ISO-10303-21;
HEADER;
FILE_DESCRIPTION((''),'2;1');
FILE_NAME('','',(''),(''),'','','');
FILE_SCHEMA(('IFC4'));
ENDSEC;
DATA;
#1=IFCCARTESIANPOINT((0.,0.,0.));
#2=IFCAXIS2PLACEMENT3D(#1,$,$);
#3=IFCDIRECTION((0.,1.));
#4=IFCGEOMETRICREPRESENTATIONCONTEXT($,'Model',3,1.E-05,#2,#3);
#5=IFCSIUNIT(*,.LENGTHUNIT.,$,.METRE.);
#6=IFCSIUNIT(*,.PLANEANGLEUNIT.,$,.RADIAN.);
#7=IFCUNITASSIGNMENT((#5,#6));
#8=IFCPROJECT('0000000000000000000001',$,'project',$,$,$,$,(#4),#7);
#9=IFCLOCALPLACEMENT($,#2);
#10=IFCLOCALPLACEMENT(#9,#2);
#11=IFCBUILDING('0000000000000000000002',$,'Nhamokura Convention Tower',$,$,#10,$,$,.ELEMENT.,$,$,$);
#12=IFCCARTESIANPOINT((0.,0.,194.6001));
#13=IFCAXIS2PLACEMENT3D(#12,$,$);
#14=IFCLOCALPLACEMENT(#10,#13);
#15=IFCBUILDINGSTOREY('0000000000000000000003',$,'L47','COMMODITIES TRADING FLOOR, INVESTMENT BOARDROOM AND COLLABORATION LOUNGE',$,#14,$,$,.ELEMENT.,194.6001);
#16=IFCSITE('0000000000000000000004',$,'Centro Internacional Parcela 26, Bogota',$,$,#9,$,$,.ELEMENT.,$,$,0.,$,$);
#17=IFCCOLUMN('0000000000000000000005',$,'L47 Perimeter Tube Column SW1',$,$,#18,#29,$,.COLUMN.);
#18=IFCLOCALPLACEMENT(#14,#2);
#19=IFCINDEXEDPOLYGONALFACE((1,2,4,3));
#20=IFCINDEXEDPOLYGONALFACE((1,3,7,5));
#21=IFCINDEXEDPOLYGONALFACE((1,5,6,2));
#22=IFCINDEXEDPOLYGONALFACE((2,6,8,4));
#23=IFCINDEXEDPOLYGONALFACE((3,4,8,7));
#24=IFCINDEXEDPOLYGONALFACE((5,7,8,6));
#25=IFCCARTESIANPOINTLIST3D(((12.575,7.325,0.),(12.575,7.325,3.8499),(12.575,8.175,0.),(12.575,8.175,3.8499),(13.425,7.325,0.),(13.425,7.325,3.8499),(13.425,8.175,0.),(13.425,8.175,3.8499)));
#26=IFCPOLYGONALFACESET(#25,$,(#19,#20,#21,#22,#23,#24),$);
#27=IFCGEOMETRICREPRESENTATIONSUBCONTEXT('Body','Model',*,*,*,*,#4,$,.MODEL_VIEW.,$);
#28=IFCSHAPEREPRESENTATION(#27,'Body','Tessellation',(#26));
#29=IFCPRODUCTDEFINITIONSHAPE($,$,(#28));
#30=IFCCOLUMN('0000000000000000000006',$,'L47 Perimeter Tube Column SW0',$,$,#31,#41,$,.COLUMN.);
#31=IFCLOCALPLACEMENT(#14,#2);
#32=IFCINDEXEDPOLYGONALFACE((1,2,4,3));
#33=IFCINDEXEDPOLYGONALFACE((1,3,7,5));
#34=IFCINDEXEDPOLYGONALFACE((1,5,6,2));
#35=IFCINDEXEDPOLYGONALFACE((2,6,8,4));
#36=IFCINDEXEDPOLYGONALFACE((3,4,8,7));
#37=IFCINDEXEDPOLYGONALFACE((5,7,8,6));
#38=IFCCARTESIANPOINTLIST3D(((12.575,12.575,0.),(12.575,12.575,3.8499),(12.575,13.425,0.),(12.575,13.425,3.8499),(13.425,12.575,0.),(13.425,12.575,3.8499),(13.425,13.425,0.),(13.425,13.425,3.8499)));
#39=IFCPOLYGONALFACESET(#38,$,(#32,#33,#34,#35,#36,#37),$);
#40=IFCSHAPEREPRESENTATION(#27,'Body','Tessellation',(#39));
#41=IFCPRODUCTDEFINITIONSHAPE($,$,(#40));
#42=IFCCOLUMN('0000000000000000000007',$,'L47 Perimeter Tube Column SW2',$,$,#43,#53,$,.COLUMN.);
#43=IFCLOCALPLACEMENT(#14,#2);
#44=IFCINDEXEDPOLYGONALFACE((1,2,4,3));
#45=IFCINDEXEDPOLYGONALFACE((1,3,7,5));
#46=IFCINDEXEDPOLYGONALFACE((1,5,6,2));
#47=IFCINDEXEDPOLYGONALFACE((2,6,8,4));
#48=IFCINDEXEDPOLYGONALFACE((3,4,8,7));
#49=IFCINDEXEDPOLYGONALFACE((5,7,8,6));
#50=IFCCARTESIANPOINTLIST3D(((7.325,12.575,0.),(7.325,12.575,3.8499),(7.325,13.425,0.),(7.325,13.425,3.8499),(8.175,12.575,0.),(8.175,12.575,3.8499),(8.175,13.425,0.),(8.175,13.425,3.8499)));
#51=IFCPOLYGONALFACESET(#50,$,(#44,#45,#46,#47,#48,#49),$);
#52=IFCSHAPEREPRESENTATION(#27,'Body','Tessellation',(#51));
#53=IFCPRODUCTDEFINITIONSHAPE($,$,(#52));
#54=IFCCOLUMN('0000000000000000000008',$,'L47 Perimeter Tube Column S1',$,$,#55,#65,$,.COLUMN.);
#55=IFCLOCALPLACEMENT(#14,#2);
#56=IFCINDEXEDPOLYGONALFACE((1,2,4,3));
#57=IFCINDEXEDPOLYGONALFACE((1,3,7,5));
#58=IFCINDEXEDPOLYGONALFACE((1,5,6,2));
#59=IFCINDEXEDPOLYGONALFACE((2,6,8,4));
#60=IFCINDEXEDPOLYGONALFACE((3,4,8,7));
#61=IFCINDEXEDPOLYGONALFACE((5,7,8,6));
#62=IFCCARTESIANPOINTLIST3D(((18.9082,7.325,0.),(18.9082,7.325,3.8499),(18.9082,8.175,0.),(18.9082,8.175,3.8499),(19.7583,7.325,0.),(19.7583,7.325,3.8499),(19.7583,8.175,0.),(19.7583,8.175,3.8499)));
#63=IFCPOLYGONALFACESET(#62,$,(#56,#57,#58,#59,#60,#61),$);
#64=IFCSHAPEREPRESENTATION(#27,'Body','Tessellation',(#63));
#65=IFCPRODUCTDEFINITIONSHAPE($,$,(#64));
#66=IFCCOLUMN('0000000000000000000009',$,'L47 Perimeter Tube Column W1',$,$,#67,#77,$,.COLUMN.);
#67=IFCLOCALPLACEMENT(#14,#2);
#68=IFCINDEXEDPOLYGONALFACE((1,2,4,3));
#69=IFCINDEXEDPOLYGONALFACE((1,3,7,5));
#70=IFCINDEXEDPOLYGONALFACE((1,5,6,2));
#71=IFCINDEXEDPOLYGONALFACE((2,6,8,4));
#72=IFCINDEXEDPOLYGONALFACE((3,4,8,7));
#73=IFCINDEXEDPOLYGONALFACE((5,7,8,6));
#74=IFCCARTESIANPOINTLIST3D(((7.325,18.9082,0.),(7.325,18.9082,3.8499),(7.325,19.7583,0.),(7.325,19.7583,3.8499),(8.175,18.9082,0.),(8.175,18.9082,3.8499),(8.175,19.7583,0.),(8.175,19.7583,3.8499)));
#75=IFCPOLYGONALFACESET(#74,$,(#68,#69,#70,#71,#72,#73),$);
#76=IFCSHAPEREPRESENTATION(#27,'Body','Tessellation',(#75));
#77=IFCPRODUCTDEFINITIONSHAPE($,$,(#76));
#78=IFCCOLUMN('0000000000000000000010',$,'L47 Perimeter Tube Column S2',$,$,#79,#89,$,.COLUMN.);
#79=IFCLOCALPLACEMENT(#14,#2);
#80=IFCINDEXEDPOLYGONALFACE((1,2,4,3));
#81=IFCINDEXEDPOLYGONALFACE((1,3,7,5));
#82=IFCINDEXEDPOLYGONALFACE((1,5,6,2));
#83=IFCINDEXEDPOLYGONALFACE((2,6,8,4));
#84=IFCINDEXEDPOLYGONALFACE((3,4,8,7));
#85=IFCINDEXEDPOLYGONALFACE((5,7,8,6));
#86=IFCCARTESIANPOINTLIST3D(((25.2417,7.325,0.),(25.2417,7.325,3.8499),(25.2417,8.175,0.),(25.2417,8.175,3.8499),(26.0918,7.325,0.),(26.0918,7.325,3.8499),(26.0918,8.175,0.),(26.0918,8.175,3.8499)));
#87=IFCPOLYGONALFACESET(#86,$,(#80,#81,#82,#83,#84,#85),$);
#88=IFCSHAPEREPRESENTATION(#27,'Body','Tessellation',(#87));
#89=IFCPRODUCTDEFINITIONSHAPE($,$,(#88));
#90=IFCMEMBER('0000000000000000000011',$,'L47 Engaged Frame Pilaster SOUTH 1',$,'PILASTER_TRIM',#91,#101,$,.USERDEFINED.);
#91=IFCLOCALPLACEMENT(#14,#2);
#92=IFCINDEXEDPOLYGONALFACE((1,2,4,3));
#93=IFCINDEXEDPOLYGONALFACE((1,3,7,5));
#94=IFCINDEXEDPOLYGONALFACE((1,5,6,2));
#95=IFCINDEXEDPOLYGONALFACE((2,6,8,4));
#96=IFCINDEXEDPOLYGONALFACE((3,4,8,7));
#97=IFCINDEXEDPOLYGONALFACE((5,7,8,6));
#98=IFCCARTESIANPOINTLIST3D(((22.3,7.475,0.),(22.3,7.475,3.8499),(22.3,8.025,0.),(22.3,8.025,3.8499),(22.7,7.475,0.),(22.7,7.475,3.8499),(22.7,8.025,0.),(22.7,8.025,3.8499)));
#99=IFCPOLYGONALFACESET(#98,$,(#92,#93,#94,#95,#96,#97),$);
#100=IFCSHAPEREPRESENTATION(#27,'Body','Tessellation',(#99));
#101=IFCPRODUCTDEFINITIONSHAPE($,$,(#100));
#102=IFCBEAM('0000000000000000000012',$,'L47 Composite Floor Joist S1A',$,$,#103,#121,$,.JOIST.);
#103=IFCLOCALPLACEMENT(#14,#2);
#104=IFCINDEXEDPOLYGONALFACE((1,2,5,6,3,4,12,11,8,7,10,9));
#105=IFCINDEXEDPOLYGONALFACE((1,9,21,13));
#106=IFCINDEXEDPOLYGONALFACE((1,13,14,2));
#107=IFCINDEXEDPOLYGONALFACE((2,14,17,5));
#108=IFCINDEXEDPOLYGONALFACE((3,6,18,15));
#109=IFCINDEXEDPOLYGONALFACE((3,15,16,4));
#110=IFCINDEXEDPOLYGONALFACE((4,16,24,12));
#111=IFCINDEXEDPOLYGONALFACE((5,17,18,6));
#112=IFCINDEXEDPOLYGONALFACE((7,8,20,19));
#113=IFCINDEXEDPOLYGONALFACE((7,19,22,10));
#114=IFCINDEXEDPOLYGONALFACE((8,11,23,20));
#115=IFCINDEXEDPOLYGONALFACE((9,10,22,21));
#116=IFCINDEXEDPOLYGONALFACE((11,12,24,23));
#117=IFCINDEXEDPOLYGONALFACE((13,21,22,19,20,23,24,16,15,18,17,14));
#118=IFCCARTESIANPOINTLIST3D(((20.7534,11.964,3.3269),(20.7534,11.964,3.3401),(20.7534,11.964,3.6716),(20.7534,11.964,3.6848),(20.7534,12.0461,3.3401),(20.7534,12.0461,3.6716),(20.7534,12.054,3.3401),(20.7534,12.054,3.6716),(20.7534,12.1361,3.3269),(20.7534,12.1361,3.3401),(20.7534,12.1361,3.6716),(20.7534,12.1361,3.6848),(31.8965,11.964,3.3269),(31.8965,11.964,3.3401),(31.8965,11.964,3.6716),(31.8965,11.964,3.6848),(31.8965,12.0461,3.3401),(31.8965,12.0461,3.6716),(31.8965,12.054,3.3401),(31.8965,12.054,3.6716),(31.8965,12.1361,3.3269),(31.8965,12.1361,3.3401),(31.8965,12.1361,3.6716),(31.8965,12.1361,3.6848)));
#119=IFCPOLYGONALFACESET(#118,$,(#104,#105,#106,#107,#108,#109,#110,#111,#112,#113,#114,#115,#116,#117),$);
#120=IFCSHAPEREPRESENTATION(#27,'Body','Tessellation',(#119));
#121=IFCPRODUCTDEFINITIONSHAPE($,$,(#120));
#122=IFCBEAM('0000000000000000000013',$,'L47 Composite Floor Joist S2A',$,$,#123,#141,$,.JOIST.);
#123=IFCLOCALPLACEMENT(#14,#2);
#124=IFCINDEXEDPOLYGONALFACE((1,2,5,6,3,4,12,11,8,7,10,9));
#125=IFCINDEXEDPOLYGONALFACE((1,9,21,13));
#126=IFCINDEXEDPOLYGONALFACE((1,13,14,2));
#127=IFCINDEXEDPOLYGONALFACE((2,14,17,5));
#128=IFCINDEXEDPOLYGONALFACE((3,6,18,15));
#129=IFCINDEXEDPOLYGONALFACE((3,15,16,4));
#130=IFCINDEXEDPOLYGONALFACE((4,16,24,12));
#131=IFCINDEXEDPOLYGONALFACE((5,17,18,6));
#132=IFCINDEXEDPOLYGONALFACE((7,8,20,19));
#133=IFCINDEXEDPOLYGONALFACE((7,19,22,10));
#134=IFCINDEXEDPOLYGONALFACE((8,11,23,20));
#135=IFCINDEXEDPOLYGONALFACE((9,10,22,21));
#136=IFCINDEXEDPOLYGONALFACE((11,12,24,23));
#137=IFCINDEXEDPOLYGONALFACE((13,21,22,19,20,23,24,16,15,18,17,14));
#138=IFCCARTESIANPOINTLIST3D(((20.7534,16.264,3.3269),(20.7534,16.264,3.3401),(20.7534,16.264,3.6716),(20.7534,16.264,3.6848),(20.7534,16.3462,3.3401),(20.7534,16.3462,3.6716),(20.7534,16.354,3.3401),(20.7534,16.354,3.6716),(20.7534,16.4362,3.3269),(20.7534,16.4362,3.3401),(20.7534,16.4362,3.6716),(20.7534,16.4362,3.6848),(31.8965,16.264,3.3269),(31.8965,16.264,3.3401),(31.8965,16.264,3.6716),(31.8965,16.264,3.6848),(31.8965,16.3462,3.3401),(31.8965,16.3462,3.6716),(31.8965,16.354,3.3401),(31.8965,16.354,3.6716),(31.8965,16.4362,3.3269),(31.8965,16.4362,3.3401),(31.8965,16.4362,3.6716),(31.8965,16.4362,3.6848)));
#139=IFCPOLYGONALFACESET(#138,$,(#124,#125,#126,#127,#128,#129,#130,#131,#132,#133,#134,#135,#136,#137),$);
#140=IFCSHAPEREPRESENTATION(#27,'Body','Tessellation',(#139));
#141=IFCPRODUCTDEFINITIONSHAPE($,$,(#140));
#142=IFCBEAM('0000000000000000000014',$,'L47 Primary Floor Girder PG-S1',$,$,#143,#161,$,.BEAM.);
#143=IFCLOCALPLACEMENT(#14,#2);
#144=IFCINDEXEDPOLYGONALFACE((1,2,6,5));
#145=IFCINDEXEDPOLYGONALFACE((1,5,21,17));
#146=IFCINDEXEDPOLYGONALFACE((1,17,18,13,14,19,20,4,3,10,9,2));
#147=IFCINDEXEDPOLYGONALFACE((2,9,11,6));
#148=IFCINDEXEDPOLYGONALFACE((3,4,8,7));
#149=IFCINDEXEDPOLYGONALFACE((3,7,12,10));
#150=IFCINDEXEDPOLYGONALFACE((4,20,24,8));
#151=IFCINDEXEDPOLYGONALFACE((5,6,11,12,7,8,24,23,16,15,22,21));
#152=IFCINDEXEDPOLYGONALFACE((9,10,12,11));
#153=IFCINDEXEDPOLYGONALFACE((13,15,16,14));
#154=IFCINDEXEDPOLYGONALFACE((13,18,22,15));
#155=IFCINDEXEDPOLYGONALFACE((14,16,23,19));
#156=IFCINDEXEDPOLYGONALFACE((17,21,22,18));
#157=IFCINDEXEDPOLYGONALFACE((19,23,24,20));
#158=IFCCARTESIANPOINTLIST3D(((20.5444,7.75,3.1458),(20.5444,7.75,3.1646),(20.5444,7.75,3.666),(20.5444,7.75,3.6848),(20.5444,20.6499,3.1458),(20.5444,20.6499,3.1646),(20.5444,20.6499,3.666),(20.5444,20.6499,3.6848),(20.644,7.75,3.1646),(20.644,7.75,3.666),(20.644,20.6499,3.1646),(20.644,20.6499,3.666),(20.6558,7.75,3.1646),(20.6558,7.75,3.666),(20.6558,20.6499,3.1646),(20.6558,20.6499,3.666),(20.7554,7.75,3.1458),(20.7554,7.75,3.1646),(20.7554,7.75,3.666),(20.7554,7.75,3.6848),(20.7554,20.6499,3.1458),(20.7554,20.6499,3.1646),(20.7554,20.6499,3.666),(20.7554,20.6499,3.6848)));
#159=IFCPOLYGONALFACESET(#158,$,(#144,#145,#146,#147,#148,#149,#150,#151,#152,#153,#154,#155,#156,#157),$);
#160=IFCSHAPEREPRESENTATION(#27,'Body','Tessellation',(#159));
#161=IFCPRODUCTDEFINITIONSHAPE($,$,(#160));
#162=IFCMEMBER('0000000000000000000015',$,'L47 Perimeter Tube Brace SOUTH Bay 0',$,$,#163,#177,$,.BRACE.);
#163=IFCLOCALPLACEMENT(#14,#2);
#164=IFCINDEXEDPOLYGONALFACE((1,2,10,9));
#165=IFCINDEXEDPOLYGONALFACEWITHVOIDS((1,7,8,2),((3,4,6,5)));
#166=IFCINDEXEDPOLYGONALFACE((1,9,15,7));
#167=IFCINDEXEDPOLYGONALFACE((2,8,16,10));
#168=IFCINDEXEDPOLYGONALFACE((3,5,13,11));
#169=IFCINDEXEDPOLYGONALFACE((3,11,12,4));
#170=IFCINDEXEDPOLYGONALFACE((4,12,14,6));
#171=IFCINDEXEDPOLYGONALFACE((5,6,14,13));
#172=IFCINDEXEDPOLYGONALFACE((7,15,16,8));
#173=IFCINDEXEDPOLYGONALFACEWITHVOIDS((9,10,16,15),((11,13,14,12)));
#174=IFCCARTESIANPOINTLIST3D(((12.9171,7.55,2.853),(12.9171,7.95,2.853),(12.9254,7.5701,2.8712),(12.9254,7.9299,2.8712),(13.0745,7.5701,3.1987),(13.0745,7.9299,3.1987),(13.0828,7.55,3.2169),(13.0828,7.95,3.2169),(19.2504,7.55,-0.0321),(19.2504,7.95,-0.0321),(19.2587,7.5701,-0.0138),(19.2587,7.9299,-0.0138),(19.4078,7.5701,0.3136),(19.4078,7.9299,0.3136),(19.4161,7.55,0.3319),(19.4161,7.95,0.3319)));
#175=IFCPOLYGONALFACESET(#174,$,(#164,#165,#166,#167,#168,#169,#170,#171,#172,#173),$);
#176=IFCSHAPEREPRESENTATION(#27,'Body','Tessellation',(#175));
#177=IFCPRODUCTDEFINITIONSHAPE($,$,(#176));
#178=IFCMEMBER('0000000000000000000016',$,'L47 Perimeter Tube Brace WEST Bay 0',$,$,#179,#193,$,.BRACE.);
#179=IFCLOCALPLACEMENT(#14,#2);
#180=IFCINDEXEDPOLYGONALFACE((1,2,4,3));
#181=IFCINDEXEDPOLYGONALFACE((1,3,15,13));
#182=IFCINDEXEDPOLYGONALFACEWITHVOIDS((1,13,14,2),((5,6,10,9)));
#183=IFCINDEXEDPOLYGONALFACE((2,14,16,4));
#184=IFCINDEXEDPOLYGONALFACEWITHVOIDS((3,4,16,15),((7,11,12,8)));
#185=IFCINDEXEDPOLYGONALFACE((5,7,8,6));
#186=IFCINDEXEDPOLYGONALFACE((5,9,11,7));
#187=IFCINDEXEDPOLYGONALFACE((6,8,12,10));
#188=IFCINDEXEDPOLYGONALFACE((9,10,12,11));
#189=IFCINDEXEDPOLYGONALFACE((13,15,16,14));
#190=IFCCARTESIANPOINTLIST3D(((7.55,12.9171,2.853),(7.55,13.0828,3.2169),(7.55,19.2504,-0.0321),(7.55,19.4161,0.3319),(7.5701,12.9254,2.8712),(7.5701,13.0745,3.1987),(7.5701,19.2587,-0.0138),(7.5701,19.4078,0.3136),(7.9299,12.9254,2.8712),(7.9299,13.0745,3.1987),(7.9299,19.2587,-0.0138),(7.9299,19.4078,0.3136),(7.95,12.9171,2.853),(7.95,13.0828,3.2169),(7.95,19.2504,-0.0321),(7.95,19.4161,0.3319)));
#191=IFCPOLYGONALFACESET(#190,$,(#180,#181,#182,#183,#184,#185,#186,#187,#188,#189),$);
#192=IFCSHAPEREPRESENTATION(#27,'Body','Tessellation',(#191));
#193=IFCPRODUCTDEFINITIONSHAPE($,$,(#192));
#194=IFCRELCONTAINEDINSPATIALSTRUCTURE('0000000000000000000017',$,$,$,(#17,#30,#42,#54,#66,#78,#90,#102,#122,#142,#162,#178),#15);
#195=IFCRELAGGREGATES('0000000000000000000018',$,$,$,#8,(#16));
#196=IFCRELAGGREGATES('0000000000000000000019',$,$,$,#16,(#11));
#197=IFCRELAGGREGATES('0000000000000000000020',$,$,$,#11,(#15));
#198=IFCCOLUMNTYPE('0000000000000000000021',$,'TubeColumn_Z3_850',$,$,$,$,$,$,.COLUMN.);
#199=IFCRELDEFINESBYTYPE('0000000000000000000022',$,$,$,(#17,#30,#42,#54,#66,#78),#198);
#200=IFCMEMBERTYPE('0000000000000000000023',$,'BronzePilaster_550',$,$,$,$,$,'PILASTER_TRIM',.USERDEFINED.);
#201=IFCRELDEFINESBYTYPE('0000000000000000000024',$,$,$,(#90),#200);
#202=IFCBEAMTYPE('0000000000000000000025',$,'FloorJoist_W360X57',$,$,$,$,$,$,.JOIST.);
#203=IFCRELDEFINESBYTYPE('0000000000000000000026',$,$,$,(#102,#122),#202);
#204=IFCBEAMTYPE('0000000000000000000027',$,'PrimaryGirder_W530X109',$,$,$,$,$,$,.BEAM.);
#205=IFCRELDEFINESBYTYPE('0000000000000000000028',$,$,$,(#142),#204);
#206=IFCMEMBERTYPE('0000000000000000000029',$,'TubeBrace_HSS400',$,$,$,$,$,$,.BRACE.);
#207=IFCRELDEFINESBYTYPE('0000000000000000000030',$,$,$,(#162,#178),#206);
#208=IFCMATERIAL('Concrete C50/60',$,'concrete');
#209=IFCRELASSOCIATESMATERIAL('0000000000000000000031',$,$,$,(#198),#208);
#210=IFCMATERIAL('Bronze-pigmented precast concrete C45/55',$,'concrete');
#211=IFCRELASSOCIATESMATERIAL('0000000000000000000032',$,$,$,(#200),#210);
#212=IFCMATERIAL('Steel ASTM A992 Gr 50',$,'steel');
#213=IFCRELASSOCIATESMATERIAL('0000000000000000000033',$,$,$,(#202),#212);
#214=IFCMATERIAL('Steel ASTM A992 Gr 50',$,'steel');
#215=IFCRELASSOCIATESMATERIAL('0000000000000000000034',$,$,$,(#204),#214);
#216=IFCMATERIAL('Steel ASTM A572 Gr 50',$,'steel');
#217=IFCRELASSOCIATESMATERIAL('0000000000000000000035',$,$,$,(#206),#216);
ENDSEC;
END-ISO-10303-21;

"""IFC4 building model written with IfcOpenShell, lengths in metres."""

from ifc_helpers import new_model, si_unit, direction, frame, origin, origin_2d, place, context, subcontext, project, spatial, rectangle, hollow_rectangle, i_section, extrude, material, material_profile, profile_set, type_object, element, save


model = new_model("IFC4")

# Units and contexts
model_context = context("Model", 3, precision=1e-05, world=origin(), true_north=direction((0.0, 1.0)))
body_context = subcontext(model_context, "Body", "Model", "MODEL_VIEW")
ifc_project = project(units=[si_unit("LENGTHUNIT", "METRE"), si_unit("PLANEANGLEUNIT", "RADIAN")], contexts=[model_context])

# Site, building, storey
site_placement = place(None, origin())
site = spatial("IfcSite", under=ifc_project, at=site_placement, Name="Centro Internacional Parcela 26, Bogota", CompositionType="ELEMENT", RefElevation=0.0)
building_placement = place(site_placement, origin())
building = spatial("IfcBuilding", under=site, at=building_placement, Name="Nhamokura Convention Tower", CompositionType="ELEMENT")
storey_placement = place(building_placement, frame((0.0, 0.0, 194.6001)))
storey = spatial("IfcBuildingStorey", under=building, at=storey_placement, Name="L47", Description="COMMODITIES TRADING FLOOR, INVESTMENT BOARDROOM AND COLLABORATION LOUNGE", CompositionType="ELEMENT", Elevation=194.6001)

# Columns
ifc_material_1 = material(Name="Concrete C50/60", Category="concrete")
ifc_material_profile_1 = material_profile(ifc_material_1, rectangle(XDim=0.8501, YDim=0.8501, at=origin_2d()))
ifc_profile_set_1 = profile_set([ifc_material_profile_1], Name="Concrete C50/60")
column_type = type_object("IfcColumnType", Name="TubeColumn_Z3_850", PredefinedType="COLUMN", material=ifc_profile_set_1)
for number, where, z_axis, x_axis, name in (
    (1, (13.0, 7.75, 0.0), (0.0, 0.0, 1.0), (1.0, 0.0, 0.0), "L47 Perimeter Tube Column SW1"),
    (2, (13.0, 13.0, 0.0), (0.0, 0.0, 1.0), (1.0, 0.0, 0.0), "L47 Perimeter Tube Column SW0"),
    (3, (7.75, 13.0, 0.0), (0.0, 0.0, 1.0), (1.0, 0.0, 0.0), "L47 Perimeter Tube Column SW2"),
    (4, (19.3333, 7.75, 0.0), (0.0, 0.0, 1.0), (1.0, 0.0, 0.0), "L47 Perimeter Tube Column S1"),
    (5, (7.75, 19.3333, 0.0), (0.0, 0.0, 1.0), (1.0, 0.0, 0.0), "L47 Perimeter Tube Column W1"),
    (6, (25.6667, 7.75, 0.0), (0.0, 0.0, 1.0), (1.0, 0.0, 0.0), "L47 Perimeter Tube Column S2"),
):
    element("IfcColumn", number, at=place(storey_placement, frame(where, z_axis=z_axis, x_axis=x_axis)), inside=storey, type_object=column_type, Name=name, PredefinedType="COLUMN", context=body_context, shape_type="SweptSolid", body=[
        extrude(rectangle(XDim=0.8501, YDim=0.8501, at=origin_2d()), origin(), (0.0, 0.0, 1.0), 3.8499),
    ])

# Member
ifc_material_2 = material(Name="Bronze-pigmented precast concrete C45/55", Category="concrete")
ifc_material_profile_2 = material_profile(ifc_material_2, rectangle(XDim=0.3999, YDim=0.55, at=origin_2d()))
ifc_profile_set_2 = profile_set([ifc_material_profile_2], Name="Bronze-pigmented precast concrete C45/55")
member_type_1 = type_object("IfcMemberType", Name="BronzePilaster_550", ElementType="PILASTER_TRIM", PredefinedType="USERDEFINED", material=ifc_profile_set_2)
member_placement = place(storey_placement, frame((22.5, 7.75, 0.0), z_axis=(0.0, 0.0, 1.0), x_axis=(1.0, 0.0, 0.0)))
element("IfcMember", 7, at=member_placement, inside=storey, type_object=member_type_1, Name="L47 Engaged Frame Pilaster SOUTH 1", ObjectType="PILASTER_TRIM", PredefinedType="USERDEFINED", context=body_context, shape_type="SweptSolid", body=[
    extrude(rectangle(XDim=0.3999, YDim=0.55, at=origin_2d()), origin(), (0.0, 0.0, 1.0), 3.8499),
])

# Beams
ifc_material_3 = material(Name="Steel ASTM A992 Gr 50", Category="steel")
ifc_material_profile_3 = material_profile(ifc_material_3, i_section(OverallWidth=0.1721, OverallDepth=0.3579, WebThickness=0.0078, FlangeThickness=0.0132, at=origin_2d()))
ifc_profile_set_3 = profile_set([ifc_material_profile_3], Name="Steel ASTM A992 Gr 50")
beam_type_1 = type_object("IfcBeamType", Name="FloorJoist_W360X57", PredefinedType="JOIST", material=ifc_profile_set_3)
for number, where, z_axis, x_axis, name in (
    (8, (20.7534, 12.05, 3.5059), (1.0, 0.0, 0.0), (0.0, 1.0, 0.0), "L47 Composite Floor Joist S1A"),
    (9, (20.7534, 16.3501, 3.5059), (1.0, 0.0, 0.0), (0.0, 1.0, 0.0), "L47 Composite Floor Joist S2A"),
):
    element("IfcBeam", number, at=place(storey_placement, frame(where, z_axis=z_axis, x_axis=x_axis)), inside=storey, type_object=beam_type_1, Name=name, PredefinedType="JOIST", context=body_context, shape_type="SweptSolid", body=[
        extrude(i_section(OverallWidth=0.1721, OverallDepth=0.3579, WebThickness=0.0078, FlangeThickness=0.0132, at=origin_2d()), origin(), (0.0, 0.0, 1.0), 11.1431),
    ])
ifc_material_4 = material(Name="Steel ASTM A992 Gr 50", Category="steel")
ifc_material_profile_4 = material_profile(ifc_material_4, i_section(OverallWidth=0.2109, OverallDepth=0.5391, WebThickness=0.0117, FlangeThickness=0.0188, at=origin_2d()))
ifc_profile_set_4 = profile_set([ifc_material_profile_4], Name="Steel ASTM A992 Gr 50")
beam_type_2 = type_object("IfcBeamType", Name="PrimaryGirder_W530X109", PredefinedType="BEAM", material=ifc_profile_set_4)
beam_1_placement = place(storey_placement, frame((20.6499, 7.75, 3.4153), z_axis=(0.0, 1.0, 0.0), x_axis=(-1.0, 0.0, 0.0)))
element("IfcBeam", 10, at=beam_1_placement, inside=storey, type_object=beam_type_2, Name="L47 Primary Floor Girder PG-S1", PredefinedType="BEAM", context=body_context, shape_type="SweptSolid", body=[
    extrude(i_section(OverallWidth=0.2109, OverallDepth=0.5391, WebThickness=0.0117, FlangeThickness=0.0188, at=origin_2d()), origin(), (0.0, 0.0, 1.0), 12.8999),
])

# Members
ifc_material_5 = material(Name="Steel ASTM A572 Gr 50", Category="steel")
ifc_material_profile_5 = material_profile(ifc_material_5, hollow_rectangle(XDim=0.3999, YDim=0.3999, WallThickness=0.02, at=origin_2d()))
ifc_profile_set_5 = profile_set([ifc_material_profile_5], Name="Steel ASTM A572 Gr 50")
member_type_2 = type_object("IfcMemberType", Name="TubeBrace_HSS400", PredefinedType="BRACE", material=ifc_profile_set_5)
for number, where, z_axis, x_axis, name in (
    (11, (19.3333, 7.75, 0.1499), (-0.910027, 0.0, 0.414548), (0.0, -1.0, 0.0), "L47 Perimeter Tube Brace SOUTH Bay 0"),
    (12, (7.75, 19.3333, 0.1499), (0.0, -0.910027, 0.414548), (1.0, 0.0, 0.0), "L47 Perimeter Tube Brace WEST Bay 0"),
):
    element("IfcMember", number, at=place(storey_placement, frame(where, z_axis=z_axis, x_axis=x_axis)), inside=storey, type_object=member_type_2, Name=name, PredefinedType="BRACE", context=body_context, shape_type="SweptSolid", body=[
        extrude(hollow_rectangle(XDim=0.3999, YDim=0.3999, WallThickness=0.02, at=origin_2d()), origin(), (0.0, 0.0, 1.0), 6.9595),
    ])

save(model, "model.ifc")
